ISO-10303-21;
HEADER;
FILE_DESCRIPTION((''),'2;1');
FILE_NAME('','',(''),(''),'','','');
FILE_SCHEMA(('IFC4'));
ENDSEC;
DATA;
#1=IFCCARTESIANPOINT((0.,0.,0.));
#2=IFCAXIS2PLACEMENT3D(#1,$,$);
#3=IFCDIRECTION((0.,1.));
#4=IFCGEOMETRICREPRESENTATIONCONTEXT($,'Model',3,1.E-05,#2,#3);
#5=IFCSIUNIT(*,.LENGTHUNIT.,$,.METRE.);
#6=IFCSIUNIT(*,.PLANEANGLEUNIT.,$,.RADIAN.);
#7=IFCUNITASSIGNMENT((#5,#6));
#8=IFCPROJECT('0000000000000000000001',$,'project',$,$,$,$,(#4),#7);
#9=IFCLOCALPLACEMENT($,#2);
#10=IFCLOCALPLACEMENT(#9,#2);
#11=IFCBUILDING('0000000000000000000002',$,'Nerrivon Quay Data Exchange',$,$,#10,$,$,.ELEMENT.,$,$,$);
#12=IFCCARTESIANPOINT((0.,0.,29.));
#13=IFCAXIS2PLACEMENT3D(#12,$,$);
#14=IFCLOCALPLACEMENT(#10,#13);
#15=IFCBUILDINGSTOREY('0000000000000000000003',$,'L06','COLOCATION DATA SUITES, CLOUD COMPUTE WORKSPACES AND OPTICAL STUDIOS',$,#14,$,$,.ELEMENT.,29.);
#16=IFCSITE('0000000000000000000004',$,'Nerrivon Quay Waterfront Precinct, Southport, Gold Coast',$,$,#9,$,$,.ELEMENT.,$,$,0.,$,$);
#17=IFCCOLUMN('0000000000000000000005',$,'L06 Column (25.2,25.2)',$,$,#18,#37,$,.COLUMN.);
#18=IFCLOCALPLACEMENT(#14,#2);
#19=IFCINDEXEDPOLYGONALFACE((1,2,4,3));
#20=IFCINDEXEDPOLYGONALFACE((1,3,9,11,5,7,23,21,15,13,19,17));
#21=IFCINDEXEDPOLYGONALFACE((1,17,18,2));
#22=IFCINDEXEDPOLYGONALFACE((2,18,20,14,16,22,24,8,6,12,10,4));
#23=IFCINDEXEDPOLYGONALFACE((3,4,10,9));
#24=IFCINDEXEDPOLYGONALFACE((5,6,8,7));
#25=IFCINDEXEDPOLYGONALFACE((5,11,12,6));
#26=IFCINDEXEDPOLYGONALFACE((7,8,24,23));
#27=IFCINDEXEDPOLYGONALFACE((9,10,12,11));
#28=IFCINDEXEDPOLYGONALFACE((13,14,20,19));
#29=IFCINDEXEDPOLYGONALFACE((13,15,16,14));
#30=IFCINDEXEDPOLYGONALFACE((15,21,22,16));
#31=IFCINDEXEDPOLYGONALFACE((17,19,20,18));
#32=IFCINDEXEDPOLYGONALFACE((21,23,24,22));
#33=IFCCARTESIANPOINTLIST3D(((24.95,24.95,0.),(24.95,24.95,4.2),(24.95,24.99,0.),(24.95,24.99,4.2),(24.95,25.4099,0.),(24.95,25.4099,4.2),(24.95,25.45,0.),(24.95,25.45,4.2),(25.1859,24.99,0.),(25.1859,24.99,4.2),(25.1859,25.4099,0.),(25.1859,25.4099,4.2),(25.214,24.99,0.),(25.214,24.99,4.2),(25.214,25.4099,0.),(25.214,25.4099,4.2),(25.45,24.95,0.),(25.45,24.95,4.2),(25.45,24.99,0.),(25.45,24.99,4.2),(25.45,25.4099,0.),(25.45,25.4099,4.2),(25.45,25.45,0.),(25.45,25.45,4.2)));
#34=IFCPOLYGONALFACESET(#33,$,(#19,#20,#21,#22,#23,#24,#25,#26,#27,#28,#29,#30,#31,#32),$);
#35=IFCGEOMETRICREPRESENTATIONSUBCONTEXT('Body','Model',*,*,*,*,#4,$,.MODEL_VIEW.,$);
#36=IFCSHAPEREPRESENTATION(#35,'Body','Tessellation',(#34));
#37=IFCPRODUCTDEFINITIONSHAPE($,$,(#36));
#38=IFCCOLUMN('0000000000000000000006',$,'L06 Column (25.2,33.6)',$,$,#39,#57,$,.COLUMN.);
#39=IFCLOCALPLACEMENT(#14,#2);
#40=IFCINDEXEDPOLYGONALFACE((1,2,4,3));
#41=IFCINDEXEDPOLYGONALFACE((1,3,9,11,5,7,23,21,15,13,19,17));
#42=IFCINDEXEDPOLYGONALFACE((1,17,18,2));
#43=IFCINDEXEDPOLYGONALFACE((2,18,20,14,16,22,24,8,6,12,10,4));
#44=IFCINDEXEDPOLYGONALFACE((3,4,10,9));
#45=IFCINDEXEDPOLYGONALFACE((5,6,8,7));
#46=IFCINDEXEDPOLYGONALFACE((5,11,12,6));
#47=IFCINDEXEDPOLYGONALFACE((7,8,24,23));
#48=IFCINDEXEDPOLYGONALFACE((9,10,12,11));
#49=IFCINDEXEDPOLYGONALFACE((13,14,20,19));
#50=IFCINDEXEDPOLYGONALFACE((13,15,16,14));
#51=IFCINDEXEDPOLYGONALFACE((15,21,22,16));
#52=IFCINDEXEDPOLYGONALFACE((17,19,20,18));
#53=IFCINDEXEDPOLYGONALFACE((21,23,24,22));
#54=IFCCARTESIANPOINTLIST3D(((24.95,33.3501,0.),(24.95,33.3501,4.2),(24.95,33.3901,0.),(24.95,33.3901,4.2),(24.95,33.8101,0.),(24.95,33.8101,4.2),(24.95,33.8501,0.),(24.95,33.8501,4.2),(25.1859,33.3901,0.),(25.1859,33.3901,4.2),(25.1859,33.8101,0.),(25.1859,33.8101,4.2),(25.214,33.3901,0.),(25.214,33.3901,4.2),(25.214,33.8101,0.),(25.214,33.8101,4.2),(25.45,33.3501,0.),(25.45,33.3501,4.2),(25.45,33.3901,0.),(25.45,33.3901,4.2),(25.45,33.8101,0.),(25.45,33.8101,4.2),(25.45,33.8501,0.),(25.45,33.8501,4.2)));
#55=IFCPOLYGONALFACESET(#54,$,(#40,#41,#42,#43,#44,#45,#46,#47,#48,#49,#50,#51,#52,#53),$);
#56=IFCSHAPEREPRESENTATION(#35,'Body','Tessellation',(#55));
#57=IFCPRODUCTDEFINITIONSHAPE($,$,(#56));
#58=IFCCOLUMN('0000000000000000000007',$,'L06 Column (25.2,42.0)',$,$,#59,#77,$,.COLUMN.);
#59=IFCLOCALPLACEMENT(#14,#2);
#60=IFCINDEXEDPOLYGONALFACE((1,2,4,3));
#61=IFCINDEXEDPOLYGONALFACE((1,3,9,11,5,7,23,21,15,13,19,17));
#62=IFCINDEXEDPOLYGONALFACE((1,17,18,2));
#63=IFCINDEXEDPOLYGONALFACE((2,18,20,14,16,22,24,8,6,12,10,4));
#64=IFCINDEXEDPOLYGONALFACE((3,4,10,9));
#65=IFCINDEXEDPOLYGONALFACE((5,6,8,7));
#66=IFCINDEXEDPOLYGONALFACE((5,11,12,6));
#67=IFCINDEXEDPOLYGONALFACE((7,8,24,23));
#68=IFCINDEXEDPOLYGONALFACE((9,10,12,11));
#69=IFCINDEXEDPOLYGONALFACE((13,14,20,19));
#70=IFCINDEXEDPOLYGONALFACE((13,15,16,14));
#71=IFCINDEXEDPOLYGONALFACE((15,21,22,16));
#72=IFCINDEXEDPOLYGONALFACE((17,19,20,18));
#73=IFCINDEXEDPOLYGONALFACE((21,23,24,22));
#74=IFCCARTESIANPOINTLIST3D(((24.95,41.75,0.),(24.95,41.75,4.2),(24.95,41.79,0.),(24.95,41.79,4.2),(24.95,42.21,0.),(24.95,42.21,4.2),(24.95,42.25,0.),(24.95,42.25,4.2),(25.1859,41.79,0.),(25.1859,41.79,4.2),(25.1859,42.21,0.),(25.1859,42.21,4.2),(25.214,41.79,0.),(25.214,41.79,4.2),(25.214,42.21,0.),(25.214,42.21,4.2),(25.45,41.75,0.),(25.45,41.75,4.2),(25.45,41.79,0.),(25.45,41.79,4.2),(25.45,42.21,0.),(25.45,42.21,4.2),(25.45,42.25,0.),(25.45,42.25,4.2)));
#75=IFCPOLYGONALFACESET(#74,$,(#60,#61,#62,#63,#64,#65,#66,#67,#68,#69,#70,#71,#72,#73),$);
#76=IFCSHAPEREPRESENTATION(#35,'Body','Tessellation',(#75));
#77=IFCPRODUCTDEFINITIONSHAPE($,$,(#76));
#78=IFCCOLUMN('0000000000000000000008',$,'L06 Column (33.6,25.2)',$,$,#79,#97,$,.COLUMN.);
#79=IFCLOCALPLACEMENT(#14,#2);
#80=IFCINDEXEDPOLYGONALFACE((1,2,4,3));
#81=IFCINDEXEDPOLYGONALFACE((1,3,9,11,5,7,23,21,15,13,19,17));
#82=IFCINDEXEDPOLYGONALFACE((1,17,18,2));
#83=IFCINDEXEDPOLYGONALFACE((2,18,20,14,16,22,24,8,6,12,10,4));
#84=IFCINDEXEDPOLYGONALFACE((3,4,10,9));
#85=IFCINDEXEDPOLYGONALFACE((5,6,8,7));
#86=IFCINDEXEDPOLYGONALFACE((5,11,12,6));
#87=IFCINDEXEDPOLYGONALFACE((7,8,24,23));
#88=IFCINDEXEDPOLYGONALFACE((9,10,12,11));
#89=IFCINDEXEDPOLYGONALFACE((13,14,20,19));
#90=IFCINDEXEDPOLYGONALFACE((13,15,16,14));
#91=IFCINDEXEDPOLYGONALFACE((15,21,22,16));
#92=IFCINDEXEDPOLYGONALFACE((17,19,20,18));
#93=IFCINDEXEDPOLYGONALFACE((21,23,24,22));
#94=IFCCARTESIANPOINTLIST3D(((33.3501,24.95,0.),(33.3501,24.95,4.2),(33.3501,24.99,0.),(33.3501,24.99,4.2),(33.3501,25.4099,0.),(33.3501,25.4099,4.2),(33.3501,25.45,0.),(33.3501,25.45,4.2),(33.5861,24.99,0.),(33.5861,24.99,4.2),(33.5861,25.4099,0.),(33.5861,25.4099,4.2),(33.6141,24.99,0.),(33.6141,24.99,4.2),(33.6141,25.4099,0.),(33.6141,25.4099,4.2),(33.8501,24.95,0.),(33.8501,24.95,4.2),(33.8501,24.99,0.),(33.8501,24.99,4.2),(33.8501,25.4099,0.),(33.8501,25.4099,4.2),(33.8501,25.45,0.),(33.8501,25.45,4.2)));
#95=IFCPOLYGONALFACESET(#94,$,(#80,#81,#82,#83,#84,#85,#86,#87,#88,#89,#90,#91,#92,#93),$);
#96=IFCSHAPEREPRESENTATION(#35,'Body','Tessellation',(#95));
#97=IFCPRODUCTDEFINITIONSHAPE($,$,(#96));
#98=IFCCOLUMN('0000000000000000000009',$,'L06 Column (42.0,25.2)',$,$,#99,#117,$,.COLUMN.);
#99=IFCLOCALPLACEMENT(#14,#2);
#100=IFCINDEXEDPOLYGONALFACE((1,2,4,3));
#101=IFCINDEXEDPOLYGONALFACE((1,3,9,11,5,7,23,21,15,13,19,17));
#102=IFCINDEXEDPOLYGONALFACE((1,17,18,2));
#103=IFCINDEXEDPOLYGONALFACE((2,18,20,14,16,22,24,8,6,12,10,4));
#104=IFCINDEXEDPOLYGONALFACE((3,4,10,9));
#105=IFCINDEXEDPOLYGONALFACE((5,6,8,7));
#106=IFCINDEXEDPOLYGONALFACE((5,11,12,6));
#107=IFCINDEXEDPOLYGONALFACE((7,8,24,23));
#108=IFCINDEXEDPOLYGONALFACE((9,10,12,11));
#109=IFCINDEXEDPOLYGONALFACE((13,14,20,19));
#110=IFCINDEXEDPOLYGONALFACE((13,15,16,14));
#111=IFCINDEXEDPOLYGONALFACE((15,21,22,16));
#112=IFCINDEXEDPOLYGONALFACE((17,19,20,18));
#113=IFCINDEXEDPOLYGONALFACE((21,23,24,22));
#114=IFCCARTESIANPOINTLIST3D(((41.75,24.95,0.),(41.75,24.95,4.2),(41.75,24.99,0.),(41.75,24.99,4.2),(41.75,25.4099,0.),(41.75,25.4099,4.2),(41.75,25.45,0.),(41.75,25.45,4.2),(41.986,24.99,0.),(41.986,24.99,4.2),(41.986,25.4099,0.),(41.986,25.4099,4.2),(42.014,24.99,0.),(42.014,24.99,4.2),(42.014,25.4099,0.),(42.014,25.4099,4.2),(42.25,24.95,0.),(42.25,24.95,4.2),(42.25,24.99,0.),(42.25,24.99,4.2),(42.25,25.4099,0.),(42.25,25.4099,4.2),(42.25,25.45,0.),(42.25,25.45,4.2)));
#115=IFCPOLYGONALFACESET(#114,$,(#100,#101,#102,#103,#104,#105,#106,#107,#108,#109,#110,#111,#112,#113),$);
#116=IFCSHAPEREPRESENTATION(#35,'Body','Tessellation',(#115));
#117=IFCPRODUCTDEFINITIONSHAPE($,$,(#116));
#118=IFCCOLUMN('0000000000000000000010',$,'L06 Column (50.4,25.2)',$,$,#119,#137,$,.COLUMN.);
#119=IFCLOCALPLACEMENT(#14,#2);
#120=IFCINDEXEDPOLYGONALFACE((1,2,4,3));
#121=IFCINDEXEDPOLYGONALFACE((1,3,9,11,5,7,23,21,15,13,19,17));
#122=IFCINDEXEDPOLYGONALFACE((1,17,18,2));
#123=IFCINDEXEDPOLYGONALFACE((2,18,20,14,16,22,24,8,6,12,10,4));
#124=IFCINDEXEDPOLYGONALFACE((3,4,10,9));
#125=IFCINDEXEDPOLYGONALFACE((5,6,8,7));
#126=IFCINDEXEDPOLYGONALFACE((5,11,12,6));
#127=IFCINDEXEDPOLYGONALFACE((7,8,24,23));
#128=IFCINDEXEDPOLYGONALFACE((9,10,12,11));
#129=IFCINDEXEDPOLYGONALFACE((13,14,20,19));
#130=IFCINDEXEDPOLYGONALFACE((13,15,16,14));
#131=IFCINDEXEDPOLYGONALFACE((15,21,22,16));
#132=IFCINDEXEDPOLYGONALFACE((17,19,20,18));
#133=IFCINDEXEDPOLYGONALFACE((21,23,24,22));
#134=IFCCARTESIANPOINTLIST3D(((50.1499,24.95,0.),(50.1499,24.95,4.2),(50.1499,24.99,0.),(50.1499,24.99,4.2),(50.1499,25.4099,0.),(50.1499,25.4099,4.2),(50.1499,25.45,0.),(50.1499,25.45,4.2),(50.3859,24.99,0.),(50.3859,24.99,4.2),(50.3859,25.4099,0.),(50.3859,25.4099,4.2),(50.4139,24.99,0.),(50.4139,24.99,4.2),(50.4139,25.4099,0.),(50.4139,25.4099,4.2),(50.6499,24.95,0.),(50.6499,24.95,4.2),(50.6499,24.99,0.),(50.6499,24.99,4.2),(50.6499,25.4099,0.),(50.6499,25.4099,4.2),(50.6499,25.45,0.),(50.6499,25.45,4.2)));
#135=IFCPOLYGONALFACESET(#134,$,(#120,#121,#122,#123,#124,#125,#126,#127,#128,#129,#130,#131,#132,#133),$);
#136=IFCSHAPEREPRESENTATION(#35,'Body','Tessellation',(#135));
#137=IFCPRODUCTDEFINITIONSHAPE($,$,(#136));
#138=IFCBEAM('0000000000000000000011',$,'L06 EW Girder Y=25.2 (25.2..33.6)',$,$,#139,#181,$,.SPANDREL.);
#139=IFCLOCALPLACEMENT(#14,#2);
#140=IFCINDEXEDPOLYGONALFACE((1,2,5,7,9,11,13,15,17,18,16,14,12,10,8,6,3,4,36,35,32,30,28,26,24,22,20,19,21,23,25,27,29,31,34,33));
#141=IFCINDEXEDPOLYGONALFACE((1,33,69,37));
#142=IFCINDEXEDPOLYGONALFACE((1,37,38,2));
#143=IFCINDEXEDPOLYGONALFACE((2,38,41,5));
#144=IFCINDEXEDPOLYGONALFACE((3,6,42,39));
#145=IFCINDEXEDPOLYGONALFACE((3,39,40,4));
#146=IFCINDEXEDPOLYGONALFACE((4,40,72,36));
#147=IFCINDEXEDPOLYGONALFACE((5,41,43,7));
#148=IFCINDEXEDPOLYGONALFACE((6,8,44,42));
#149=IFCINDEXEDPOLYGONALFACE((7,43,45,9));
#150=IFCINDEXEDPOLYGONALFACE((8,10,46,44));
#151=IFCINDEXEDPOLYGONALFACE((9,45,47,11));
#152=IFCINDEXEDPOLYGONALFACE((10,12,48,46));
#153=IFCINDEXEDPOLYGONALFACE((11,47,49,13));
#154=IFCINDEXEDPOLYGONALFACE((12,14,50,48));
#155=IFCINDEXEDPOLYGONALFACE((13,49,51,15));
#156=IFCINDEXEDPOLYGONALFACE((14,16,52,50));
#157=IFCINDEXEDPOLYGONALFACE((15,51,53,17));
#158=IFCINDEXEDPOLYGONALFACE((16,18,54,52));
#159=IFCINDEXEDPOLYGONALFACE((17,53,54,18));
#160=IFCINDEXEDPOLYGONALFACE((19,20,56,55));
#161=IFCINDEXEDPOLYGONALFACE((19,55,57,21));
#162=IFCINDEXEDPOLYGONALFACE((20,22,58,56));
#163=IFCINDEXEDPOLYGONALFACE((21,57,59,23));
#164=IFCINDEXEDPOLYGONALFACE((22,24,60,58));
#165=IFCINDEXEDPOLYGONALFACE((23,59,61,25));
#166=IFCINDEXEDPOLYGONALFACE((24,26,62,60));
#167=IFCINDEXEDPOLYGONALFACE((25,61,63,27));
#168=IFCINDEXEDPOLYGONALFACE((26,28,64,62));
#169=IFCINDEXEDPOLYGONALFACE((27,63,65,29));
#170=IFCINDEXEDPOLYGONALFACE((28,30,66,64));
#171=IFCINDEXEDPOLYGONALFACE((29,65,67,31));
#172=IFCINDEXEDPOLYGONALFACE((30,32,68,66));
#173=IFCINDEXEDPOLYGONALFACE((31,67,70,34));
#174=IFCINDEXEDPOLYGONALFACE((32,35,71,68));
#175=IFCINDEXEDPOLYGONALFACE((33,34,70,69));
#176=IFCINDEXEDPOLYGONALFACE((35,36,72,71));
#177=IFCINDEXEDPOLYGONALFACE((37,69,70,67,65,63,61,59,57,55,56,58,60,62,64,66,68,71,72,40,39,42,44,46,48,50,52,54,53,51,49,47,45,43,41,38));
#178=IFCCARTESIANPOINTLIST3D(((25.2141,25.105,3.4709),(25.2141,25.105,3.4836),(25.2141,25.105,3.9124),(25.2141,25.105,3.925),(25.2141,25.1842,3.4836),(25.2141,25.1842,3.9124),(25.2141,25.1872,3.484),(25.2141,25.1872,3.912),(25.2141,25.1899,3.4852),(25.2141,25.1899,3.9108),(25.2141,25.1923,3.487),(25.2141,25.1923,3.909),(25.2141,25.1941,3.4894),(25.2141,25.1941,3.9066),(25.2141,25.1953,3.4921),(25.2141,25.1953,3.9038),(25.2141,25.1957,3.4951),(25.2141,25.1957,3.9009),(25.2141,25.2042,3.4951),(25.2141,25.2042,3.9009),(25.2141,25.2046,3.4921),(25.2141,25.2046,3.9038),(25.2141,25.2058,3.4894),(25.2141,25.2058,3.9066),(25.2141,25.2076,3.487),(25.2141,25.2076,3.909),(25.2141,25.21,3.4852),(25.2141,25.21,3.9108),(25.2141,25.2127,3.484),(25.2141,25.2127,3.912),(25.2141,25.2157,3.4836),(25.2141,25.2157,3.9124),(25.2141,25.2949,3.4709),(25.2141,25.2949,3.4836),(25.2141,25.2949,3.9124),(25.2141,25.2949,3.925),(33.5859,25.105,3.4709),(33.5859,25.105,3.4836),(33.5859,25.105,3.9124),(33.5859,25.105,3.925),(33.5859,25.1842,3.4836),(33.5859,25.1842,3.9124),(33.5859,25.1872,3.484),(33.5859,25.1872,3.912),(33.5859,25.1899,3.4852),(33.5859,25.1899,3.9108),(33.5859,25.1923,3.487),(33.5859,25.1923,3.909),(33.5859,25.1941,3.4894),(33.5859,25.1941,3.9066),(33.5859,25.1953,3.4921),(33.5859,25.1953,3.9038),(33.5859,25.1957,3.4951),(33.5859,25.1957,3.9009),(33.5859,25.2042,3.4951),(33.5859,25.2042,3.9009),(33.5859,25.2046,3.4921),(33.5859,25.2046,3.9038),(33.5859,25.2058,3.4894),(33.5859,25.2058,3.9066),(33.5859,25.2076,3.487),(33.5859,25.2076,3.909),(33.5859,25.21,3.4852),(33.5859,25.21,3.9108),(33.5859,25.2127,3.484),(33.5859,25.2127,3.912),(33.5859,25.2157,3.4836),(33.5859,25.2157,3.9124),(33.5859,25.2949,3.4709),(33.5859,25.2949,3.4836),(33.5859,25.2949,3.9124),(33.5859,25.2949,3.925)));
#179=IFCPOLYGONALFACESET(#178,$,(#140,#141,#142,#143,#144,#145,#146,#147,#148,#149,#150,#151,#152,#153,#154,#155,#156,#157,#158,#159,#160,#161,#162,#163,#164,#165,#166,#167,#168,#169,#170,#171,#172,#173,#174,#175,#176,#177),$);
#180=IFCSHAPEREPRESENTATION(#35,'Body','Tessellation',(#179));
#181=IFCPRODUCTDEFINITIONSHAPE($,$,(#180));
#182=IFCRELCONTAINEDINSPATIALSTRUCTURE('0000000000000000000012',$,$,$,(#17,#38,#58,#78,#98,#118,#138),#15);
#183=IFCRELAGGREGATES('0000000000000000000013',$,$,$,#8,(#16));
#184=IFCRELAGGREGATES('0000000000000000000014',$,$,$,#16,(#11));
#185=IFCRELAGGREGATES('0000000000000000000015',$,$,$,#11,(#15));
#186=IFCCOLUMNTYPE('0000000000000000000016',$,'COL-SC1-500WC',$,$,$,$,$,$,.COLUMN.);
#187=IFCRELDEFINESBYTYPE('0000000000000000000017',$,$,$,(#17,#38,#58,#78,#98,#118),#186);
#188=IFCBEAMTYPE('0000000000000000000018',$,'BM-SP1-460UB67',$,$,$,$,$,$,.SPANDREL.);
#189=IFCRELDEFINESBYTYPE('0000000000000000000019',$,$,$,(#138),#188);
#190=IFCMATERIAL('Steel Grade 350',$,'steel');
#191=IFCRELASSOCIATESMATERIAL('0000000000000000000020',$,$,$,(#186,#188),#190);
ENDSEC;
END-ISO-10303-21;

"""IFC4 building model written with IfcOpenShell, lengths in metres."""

from ifc_helpers import new_model, si_unit, direction, frame, origin, origin_2d, place, context, subcontext, project, spatial, i_section, extrude, material, material_profile, profile_set, type_object, element, save


model = new_model("IFC4")

# Units and contexts
model_context = context("Model", 3, precision=1e-05, world=origin(), true_north=direction((0.0, 1.0)))
body_context = subcontext(model_context, "Body", "Model", "MODEL_VIEW")
ifc_project = project(units=[si_unit("LENGTHUNIT", "METRE"), si_unit("PLANEANGLEUNIT", "RADIAN")], contexts=[model_context])

# Site, building, storey
site_placement = place(None, origin())
site = spatial("IfcSite", under=ifc_project, at=site_placement, Name="Nerrivon Quay Waterfront Precinct, Southport, Gold Coast", CompositionType="ELEMENT", RefElevation=0.0)
building_placement = place(site_placement, origin())
building = spatial("IfcBuilding", under=site, at=building_placement, Name="Nerrivon Quay Data Exchange", CompositionType="ELEMENT")
storey_placement = place(building_placement, frame((0.0, 0.0, 29.0)))
storey = spatial("IfcBuildingStorey", under=building, at=storey_placement, Name="L06", Description="COLOCATION DATA SUITES, CLOUD COMPUTE WORKSPACES AND OPTICAL STUDIOS", CompositionType="ELEMENT", Elevation=29.0)

# Columns
ifc_material_1 = material(Name="Steel Grade 350", Category="steel")
ifc_material_profile_1 = material_profile(ifc_material_1, i_section(OverallWidth=0.5, OverallDepth=0.5, WebThickness=0.0281, FlangeThickness=0.04, at=origin_2d()), Name="500WC440")
ifc_profile_set_1 = profile_set([ifc_material_profile_1], Name="Steel Grade 350")
column_type = type_object("IfcColumnType", Name="COL-SC1-500WC", PredefinedType="COLUMN", material=ifc_profile_set_1)
for number, where, z_axis, x_axis, name in (
    (1, (25.2, 25.2, 0.0), (0.0, 0.0, 1.0), (1.0, 0.0, 0.0), "L06 Column (25.2,25.2)"),
    (2, (25.2, 33.6001, 0.0), (0.0, 0.0, 1.0), (1.0, 0.0, 0.0), "L06 Column (25.2,33.6)"),
    (3, (25.2, 42.0, 0.0), (0.0, 0.0, 1.0), (1.0, 0.0, 0.0), "L06 Column (25.2,42.0)"),
    (4, (33.6001, 25.2, 0.0), (0.0, 0.0, 1.0), (1.0, 0.0, 0.0), "L06 Column (33.6,25.2)"),
    (5, (42.0, 25.2, 0.0), (0.0, 0.0, 1.0), (1.0, 0.0, 0.0), "L06 Column (42.0,25.2)"),
    (6, (50.3999, 25.2, 0.0), (0.0, 0.0, 1.0), (1.0, 0.0, 0.0), "L06 Column (50.4,25.2)"),
):
    element("IfcColumn", number, at=place(storey_placement, frame(where, z_axis=z_axis, x_axis=x_axis)), inside=storey, type_object=column_type, Name=name, PredefinedType="COLUMN", context=body_context, shape_type="SweptSolid", body=[
        extrude(i_section(OverallWidth=0.5, OverallDepth=0.5, WebThickness=0.0281, FlangeThickness=0.04, at=origin_2d()), origin(), (0.0, 0.0, 1.0), 4.2),
    ])

# Beam
ifc_material_profile_2 = material_profile(ifc_material_1, i_section(OverallWidth=0.1899, OverallDepth=0.4541, WebThickness=0.0085, FlangeThickness=0.0127, FilletRadius=0.0115, at=origin_2d()), Name="460UB67.1")
ifc_profile_set_2 = profile_set([ifc_material_profile_2], Name="Steel Grade 350")
beam_type = type_object("IfcBeamType", Name="BM-SP1-460UB67", PredefinedType="SPANDREL", material=ifc_profile_set_2)
beam_1_placement = place(storey_placement, frame((25.2141, 25.2, 3.698), z_axis=(1.0, 0.0, 0.0), x_axis=(0.0, 1.0, 0.0)))
element("IfcBeam", 7, at=beam_1_placement, inside=storey, type_object=beam_type, Name="L06 EW Girder Y=25.2 (25.2..33.6)", PredefinedType="SPANDREL", context=body_context, shape_type="SweptSolid", body=[
    extrude(i_section(OverallWidth=0.1899, OverallDepth=0.4541, WebThickness=0.0085, FlangeThickness=0.0127, FilletRadius=0.0115, at=origin_2d()), origin(), (0.0, 0.0, 1.0), 8.3718),
])

save(model, "model.ifc")
